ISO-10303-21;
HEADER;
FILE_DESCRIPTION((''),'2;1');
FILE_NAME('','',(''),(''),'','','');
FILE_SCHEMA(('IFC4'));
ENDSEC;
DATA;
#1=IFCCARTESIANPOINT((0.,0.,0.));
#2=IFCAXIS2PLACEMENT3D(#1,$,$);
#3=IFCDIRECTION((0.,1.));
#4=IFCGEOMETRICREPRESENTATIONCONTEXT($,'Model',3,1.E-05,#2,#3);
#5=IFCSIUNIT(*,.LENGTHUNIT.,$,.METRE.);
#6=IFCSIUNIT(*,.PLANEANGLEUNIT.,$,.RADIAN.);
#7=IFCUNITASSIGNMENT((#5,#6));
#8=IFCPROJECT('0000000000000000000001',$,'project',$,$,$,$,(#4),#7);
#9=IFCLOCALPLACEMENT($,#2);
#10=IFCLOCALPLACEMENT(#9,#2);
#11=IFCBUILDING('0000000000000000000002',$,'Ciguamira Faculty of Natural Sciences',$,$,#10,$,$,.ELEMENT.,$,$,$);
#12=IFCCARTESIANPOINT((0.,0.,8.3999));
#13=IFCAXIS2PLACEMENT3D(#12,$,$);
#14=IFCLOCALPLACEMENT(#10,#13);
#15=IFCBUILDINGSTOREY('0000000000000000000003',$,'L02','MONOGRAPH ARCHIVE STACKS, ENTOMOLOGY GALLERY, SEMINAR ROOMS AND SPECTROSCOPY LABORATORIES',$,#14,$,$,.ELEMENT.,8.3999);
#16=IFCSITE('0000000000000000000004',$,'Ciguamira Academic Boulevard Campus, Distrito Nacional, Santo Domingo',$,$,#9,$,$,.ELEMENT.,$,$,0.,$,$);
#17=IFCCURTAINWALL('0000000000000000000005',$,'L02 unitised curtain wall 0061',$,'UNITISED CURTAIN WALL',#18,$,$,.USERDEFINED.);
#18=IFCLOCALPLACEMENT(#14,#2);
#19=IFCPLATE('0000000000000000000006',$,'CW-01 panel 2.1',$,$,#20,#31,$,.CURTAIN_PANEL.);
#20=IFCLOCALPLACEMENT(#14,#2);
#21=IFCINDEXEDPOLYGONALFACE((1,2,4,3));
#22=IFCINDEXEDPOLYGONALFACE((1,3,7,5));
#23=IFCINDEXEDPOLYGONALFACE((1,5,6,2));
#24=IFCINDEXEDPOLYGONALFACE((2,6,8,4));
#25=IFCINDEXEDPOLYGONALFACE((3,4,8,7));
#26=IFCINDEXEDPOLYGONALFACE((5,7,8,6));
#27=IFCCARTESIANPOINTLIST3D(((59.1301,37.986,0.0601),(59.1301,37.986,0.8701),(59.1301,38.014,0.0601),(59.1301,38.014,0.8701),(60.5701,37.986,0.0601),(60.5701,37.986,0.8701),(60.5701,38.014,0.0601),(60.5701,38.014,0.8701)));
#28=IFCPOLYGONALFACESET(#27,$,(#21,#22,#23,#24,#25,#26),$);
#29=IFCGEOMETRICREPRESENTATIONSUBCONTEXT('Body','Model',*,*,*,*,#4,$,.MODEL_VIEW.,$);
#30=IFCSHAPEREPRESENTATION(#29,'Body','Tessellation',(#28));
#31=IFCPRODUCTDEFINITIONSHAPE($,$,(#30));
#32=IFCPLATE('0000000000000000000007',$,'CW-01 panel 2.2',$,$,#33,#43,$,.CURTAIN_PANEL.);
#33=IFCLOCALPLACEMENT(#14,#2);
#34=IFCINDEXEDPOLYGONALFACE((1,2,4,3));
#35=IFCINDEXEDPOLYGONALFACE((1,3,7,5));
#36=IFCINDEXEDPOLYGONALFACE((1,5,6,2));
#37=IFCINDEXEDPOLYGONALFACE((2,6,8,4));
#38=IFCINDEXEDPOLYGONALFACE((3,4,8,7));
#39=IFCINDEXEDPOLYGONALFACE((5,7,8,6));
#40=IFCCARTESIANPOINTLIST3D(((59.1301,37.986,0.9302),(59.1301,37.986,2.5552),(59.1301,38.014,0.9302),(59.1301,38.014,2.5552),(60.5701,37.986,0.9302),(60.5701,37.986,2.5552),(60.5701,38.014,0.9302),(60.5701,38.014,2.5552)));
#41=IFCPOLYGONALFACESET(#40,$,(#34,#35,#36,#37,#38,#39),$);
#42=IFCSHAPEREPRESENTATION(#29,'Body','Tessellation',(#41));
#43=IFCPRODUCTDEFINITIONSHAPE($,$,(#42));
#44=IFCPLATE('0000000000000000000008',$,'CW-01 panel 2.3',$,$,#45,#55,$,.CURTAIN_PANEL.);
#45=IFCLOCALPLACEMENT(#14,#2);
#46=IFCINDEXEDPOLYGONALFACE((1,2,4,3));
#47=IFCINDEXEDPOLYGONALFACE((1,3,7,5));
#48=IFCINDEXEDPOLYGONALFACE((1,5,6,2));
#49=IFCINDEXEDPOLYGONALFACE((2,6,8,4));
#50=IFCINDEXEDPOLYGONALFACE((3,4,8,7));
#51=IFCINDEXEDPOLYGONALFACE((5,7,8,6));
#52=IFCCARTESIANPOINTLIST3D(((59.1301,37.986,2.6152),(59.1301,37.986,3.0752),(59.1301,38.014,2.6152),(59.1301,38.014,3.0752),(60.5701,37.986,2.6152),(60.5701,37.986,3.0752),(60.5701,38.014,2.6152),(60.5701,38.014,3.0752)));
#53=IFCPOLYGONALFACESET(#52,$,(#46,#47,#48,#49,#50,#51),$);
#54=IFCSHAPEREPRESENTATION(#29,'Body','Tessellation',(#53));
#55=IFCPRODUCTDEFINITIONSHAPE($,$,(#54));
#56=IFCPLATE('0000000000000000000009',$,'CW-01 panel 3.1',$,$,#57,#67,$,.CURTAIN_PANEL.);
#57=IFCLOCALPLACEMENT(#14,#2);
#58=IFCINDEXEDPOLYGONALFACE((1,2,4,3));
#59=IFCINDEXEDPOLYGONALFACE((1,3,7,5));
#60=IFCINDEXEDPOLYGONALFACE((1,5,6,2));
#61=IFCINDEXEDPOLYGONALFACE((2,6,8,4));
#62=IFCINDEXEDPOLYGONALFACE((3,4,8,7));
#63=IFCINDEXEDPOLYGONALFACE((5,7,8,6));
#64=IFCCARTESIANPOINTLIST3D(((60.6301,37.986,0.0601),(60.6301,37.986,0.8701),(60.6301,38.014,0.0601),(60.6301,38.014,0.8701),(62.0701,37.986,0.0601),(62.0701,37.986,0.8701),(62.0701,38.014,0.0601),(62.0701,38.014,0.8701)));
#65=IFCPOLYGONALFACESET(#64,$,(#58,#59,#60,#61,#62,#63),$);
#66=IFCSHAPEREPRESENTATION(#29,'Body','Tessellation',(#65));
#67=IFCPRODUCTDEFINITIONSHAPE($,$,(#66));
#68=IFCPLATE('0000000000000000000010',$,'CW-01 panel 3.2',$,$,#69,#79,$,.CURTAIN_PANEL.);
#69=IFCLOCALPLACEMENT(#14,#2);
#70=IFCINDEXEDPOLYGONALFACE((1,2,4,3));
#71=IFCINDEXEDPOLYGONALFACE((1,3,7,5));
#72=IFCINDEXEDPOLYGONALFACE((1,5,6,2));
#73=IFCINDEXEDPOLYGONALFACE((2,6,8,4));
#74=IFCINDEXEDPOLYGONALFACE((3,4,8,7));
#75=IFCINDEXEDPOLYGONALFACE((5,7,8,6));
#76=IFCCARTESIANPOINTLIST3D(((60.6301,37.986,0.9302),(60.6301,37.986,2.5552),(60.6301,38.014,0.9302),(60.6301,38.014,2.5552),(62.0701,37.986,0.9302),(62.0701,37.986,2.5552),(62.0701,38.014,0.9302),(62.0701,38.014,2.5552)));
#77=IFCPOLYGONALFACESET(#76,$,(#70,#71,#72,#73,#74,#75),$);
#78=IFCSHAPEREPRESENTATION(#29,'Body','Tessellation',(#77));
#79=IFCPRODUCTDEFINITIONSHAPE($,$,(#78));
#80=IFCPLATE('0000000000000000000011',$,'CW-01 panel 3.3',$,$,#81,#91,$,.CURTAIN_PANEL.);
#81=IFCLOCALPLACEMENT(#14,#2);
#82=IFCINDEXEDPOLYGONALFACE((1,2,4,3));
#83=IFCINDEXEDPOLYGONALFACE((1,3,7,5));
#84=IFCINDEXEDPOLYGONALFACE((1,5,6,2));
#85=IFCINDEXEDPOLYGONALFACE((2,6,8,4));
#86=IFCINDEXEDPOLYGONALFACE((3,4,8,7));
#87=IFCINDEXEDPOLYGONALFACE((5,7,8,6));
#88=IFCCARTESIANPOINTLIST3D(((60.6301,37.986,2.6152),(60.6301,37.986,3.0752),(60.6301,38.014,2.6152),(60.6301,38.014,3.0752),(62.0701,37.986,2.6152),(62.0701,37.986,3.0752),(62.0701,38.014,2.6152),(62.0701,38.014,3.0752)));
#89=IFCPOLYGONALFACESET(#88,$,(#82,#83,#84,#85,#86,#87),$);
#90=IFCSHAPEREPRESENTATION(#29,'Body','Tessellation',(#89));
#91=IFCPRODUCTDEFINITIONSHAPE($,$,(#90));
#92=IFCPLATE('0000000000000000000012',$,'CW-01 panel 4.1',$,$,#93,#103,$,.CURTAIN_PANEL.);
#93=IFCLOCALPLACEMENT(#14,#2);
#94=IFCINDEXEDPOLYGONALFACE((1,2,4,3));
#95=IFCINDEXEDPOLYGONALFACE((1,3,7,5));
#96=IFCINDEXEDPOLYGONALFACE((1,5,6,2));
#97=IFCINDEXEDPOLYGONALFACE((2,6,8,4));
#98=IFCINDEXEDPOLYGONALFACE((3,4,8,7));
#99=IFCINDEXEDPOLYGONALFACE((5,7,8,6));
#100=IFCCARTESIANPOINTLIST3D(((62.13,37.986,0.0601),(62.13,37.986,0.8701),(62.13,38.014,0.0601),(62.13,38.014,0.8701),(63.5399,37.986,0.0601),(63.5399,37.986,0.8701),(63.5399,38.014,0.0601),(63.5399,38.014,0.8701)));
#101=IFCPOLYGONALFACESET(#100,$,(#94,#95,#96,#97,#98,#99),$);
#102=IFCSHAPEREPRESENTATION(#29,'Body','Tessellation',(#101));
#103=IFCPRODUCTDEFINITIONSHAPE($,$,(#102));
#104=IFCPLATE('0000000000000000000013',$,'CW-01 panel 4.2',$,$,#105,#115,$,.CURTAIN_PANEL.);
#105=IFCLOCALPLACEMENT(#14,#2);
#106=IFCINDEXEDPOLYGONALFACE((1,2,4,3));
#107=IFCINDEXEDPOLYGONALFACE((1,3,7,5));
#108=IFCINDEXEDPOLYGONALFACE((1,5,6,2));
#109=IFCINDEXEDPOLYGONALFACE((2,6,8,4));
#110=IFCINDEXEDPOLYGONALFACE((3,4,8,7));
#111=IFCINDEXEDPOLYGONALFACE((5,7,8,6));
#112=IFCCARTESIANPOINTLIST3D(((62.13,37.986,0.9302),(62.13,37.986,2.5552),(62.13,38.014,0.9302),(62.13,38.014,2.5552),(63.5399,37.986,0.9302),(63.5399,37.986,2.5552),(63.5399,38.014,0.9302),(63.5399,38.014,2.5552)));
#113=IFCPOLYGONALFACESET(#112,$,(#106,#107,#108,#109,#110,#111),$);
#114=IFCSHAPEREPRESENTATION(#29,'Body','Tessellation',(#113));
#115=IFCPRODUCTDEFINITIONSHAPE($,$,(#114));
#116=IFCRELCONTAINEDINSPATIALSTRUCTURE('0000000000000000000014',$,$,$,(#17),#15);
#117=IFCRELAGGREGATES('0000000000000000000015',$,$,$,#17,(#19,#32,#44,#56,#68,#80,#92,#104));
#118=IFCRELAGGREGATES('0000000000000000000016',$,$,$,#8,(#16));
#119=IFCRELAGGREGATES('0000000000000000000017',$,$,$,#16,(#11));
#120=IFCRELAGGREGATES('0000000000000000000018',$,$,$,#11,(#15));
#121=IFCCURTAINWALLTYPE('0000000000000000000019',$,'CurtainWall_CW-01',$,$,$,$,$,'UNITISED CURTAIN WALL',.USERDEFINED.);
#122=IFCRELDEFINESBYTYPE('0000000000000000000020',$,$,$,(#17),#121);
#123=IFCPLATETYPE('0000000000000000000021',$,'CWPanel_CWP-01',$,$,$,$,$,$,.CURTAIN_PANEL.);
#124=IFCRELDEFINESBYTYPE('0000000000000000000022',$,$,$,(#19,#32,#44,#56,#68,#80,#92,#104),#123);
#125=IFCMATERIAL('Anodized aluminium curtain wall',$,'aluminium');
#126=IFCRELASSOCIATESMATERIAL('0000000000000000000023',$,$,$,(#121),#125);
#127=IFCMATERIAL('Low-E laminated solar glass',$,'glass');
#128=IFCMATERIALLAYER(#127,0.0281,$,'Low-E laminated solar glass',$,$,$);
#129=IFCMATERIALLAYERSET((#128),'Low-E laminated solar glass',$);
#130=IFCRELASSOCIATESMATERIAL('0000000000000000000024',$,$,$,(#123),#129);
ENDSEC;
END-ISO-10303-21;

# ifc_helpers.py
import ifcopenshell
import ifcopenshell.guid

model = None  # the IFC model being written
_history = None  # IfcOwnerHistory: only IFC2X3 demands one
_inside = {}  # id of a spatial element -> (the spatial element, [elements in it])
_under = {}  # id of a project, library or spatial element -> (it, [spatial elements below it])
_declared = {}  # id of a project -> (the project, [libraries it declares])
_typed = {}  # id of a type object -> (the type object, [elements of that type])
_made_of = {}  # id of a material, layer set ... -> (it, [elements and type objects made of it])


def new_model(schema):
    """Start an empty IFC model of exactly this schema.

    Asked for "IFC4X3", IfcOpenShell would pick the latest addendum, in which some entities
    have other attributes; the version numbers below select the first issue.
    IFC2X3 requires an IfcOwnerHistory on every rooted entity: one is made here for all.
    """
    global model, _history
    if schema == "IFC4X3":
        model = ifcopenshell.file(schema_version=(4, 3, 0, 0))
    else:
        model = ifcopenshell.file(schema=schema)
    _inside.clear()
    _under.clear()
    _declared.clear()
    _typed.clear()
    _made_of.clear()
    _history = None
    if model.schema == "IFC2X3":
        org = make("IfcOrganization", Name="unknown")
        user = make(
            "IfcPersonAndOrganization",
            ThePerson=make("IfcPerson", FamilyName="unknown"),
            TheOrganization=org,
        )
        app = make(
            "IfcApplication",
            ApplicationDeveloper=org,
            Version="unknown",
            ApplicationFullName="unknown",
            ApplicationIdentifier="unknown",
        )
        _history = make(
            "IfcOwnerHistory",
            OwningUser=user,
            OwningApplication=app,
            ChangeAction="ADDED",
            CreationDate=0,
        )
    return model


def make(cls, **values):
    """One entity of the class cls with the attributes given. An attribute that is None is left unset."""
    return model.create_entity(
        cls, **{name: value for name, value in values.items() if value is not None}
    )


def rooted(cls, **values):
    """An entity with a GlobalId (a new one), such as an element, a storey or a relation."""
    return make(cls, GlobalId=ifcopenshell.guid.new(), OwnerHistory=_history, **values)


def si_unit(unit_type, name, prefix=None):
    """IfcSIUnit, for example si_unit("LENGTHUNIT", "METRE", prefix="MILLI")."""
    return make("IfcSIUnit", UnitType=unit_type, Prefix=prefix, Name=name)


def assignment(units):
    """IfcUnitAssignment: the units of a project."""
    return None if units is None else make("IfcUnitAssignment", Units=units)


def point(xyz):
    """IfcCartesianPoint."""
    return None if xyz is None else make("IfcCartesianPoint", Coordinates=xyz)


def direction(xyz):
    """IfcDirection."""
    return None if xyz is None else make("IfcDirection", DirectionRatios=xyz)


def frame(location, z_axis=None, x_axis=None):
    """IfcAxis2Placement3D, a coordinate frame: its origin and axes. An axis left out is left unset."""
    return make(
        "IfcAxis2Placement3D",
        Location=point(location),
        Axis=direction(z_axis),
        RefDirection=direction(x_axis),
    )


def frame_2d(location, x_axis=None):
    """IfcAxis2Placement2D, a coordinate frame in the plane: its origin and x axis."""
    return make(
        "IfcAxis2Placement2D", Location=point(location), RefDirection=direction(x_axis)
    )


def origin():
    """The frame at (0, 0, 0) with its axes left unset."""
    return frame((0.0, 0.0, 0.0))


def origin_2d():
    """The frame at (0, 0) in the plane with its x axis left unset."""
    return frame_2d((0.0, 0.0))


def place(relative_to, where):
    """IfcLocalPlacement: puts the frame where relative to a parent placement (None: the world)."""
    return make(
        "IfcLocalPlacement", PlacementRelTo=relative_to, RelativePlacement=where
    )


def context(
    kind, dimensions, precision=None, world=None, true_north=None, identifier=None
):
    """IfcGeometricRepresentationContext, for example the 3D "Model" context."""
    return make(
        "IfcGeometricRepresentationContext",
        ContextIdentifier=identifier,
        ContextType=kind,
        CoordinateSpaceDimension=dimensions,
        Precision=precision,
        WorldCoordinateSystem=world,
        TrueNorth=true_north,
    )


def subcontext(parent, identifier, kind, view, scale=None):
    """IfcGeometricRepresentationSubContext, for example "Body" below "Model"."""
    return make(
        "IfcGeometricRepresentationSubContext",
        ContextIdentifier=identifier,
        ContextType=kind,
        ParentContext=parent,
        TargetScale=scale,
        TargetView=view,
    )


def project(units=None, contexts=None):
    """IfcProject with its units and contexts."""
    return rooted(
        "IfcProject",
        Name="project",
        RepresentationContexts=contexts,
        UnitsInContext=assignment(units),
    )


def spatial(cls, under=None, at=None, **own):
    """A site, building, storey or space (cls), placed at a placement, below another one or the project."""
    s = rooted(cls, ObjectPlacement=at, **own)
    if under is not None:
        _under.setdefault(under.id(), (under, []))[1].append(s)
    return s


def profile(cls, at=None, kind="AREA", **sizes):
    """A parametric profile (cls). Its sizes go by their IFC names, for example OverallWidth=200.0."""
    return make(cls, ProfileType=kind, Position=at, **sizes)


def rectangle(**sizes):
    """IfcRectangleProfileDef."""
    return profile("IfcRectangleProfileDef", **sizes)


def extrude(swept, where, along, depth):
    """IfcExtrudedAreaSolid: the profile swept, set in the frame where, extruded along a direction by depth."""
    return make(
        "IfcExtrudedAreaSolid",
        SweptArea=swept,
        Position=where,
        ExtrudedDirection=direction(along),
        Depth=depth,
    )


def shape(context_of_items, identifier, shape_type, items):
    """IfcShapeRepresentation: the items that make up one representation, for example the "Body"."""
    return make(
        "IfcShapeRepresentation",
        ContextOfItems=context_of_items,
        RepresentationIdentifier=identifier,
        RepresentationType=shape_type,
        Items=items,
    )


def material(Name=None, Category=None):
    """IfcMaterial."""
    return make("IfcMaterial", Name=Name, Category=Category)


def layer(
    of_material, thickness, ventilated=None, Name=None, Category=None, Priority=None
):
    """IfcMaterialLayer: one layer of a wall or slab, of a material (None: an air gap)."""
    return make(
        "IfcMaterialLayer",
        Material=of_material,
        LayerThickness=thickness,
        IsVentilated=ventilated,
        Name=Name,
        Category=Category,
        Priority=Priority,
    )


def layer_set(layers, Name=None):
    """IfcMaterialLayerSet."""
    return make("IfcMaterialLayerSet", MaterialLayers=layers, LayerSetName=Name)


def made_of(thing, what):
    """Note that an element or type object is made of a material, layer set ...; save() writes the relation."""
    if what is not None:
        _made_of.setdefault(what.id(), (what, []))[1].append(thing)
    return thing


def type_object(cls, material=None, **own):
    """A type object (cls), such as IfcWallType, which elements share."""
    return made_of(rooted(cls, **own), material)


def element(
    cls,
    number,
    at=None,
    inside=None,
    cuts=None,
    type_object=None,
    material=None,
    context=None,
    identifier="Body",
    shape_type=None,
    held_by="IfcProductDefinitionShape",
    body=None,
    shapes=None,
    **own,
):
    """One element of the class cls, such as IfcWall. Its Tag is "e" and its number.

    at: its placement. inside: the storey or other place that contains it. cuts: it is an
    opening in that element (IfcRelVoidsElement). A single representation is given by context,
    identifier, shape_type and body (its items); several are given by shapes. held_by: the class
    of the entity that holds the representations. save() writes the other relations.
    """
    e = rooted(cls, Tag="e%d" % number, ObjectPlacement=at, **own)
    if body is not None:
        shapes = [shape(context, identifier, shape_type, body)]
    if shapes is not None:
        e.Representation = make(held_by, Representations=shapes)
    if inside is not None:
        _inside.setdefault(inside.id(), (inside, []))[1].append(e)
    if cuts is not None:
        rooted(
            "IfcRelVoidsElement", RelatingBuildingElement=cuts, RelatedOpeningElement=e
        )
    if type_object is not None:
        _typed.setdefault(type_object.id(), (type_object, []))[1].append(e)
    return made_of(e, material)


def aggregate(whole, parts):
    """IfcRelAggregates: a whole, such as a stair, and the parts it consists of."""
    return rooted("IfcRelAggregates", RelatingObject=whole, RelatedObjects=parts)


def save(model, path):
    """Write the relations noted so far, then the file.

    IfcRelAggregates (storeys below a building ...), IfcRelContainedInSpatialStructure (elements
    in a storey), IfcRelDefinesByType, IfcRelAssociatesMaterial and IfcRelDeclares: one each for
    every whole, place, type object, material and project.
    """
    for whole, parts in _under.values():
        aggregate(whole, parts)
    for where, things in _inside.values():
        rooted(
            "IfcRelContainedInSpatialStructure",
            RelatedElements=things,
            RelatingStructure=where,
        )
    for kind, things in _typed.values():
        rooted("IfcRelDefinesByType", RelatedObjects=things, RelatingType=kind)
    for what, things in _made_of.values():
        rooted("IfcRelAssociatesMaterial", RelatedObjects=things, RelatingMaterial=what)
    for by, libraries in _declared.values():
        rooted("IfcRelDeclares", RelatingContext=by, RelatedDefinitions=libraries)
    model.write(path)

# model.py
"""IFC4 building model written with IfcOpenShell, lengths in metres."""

from ifc_helpers import new_model, si_unit, direction, frame, origin, origin_2d, place, context, subcontext, project, spatial, rectangle, extrude, material, layer, layer_set, type_object, element, aggregate, save


model = new_model("IFC4")

# Units and contexts
model_context = context("Model", 3, precision=1e-05, world=origin(), true_north=direction((0.0, 1.0)))
body_context = subcontext(model_context, "Body", "Model", "MODEL_VIEW")
ifc_project = project(units=[si_unit("LENGTHUNIT", "METRE"), si_unit("PLANEANGLEUNIT", "RADIAN")], contexts=[model_context])

# Site, building, storey
site_placement = place(None, origin())
site = spatial("IfcSite", under=ifc_project, at=site_placement, Name="Ciguamira Academic Boulevard Campus, Distrito Nacional, Santo Domingo", CompositionType="ELEMENT", RefElevation=0.0)
building_placement = place(site_placement, origin())
building = spatial("IfcBuilding", under=site, at=building_placement, Name="Ciguamira Faculty of Natural Sciences", CompositionType="ELEMENT")
storey_placement = place(building_placement, frame((0.0, 0.0, 8.3999)))
storey = spatial("IfcBuildingStorey", under=building, at=storey_placement, Name="L02", Description="MONOGRAPH ARCHIVE STACKS, ENTOMOLOGY GALLERY, SEMINAR ROOMS AND SPECTROSCOPY LABORATORIES", CompositionType="ELEMENT", Elevation=8.3999)

# Curtain wall, plates
ifc_material_1 = material(Name="Anodized aluminium curtain wall", Category="aluminium")
curtain_wall_type = type_object("IfcCurtainWallType", Name="CurtainWall_CW-01", ElementType="UNITISED CURTAIN WALL", PredefinedType="USERDEFINED", material=ifc_material_1)
curtain_wall_placement = place(storey_placement, origin())
curtain_wall = element("IfcCurtainWall", 1, at=curtain_wall_placement, inside=storey, type_object=curtain_wall_type, Name="L02 unitised curtain wall 0061", ObjectType="UNITISED CURTAIN WALL", PredefinedType="USERDEFINED")
ifc_material_2 = material(Name="Low-E laminated solar glass", Category="glass")
ifc_layer = layer(ifc_material_2, 0.0281, Name="Low-E laminated solar glass")
ifc_layer_set = layer_set([ifc_layer], Name="Low-E laminated solar glass")
plate_type = type_object("IfcPlateType", Name="CWPanel_CWP-01", PredefinedType="CURTAIN_PANEL", material=ifc_layer_set)
plate_1_placement = place(storey_placement, frame((59.8501, 38.0, 0.0601), z_axis=(0.0, 0.0, 1.0), x_axis=(1.0, 0.0, 0.0)))
plate_1 = element("IfcPlate", 2, at=plate_1_placement, type_object=plate_type, Name="CW-01 panel 2.1", PredefinedType="CURTAIN_PANEL", context=body_context, shape_type="SweptSolid", body=[
    extrude(rectangle(XDim=1.4399, YDim=0.0281, at=origin_2d()), origin(), (0.0, 0.0, 1.0), 0.8101),
])
plate_2_placement = place(storey_placement, frame((59.8501, 38.0, 0.9302), z_axis=(0.0, 0.0, 1.0), x_axis=(1.0, 0.0, 0.0)))
plate_2 = element("IfcPlate", 3, at=plate_2_placement, type_object=plate_type, Name="CW-01 panel 2.2", PredefinedType="CURTAIN_PANEL", context=body_context, shape_type="SweptSolid", body=[
    extrude(rectangle(XDim=1.4399, YDim=0.0281, at=origin_2d()), origin(), (0.0, 0.0, 1.0), 1.625),
])
plate_3_placement = place(storey_placement, frame((59.8501, 38.0, 2.6152), z_axis=(0.0, 0.0, 1.0), x_axis=(1.0, 0.0, 0.0)))
plate_3 = element("IfcPlate", 4, at=plate_3_placement, type_object=plate_type, Name="CW-01 panel 2.3", PredefinedType="CURTAIN_PANEL", context=body_context, shape_type="SweptSolid", body=[
    extrude(rectangle(XDim=1.4399, YDim=0.0281, at=origin_2d()), origin(), (0.0, 0.0, 1.0), 0.46),
])
plate_4_placement = place(storey_placement, frame((61.3501, 38.0, 0.0601), z_axis=(0.0, 0.0, 1.0), x_axis=(1.0, 0.0, 0.0)))
plate_4 = element("IfcPlate", 5, at=plate_4_placement, type_object=plate_type, Name="CW-01 panel 3.1", PredefinedType="CURTAIN_PANEL", context=body_context, shape_type="SweptSolid", body=[
    extrude(rectangle(XDim=1.4399, YDim=0.0281, at=origin_2d()), origin(), (0.0, 0.0, 1.0), 0.8101),
])
plate_5_placement = place(storey_placement, frame((61.3501, 38.0, 0.9302), z_axis=(0.0, 0.0, 1.0), x_axis=(1.0, 0.0, 0.0)))
plate_5 = element("IfcPlate", 6, at=plate_5_placement, type_object=plate_type, Name="CW-01 panel 3.2", PredefinedType="CURTAIN_PANEL", context=body_context, shape_type="SweptSolid", body=[
    extrude(rectangle(XDim=1.4399, YDim=0.0281, at=origin_2d()), origin(), (0.0, 0.0, 1.0), 1.625),
])
plate_6_placement = place(storey_placement, frame((61.3501, 38.0, 2.6152), z_axis=(0.0, 0.0, 1.0), x_axis=(1.0, 0.0, 0.0)))
plate_6 = element("IfcPlate", 7, at=plate_6_placement, type_object=plate_type, Name="CW-01 panel 3.3", PredefinedType="CURTAIN_PANEL", context=body_context, shape_type="SweptSolid", body=[
    extrude(rectangle(XDim=1.4399, YDim=0.0281, at=origin_2d()), origin(), (0.0, 0.0, 1.0), 0.46),
])
plate_7_placement = place(storey_placement, frame((62.835, 38.0, 0.0601), z_axis=(0.0, 0.0, 1.0), x_axis=(1.0, 0.0, 0.0)))
plate_7 = element("IfcPlate", 8, at=plate_7_placement, type_object=plate_type, Name="CW-01 panel 4.1", PredefinedType="CURTAIN_PANEL", context=body_context, shape_type="SweptSolid", body=[
    extrude(rectangle(XDim=1.4099, YDim=0.0281, at=origin_2d()), origin(), (0.0, 0.0, 1.0), 0.8101),
])
plate_8_placement = place(storey_placement, frame((62.835, 38.0, 0.9302), z_axis=(0.0, 0.0, 1.0), x_axis=(1.0, 0.0, 0.0)))
plate_8 = element("IfcPlate", 9, at=plate_8_placement, type_object=plate_type, Name="CW-01 panel 4.2", PredefinedType="CURTAIN_PANEL", context=body_context, shape_type="SweptSolid", body=[
    extrude(rectangle(XDim=1.4099, YDim=0.0281, at=origin_2d()), origin(), (0.0, 0.0, 1.0), 1.625),
])
aggregate(curtain_wall, [plate_1, plate_2, plate_3, plate_4, plate_5, plate_6, plate_7, plate_8])

save(model, "model.ifc")
